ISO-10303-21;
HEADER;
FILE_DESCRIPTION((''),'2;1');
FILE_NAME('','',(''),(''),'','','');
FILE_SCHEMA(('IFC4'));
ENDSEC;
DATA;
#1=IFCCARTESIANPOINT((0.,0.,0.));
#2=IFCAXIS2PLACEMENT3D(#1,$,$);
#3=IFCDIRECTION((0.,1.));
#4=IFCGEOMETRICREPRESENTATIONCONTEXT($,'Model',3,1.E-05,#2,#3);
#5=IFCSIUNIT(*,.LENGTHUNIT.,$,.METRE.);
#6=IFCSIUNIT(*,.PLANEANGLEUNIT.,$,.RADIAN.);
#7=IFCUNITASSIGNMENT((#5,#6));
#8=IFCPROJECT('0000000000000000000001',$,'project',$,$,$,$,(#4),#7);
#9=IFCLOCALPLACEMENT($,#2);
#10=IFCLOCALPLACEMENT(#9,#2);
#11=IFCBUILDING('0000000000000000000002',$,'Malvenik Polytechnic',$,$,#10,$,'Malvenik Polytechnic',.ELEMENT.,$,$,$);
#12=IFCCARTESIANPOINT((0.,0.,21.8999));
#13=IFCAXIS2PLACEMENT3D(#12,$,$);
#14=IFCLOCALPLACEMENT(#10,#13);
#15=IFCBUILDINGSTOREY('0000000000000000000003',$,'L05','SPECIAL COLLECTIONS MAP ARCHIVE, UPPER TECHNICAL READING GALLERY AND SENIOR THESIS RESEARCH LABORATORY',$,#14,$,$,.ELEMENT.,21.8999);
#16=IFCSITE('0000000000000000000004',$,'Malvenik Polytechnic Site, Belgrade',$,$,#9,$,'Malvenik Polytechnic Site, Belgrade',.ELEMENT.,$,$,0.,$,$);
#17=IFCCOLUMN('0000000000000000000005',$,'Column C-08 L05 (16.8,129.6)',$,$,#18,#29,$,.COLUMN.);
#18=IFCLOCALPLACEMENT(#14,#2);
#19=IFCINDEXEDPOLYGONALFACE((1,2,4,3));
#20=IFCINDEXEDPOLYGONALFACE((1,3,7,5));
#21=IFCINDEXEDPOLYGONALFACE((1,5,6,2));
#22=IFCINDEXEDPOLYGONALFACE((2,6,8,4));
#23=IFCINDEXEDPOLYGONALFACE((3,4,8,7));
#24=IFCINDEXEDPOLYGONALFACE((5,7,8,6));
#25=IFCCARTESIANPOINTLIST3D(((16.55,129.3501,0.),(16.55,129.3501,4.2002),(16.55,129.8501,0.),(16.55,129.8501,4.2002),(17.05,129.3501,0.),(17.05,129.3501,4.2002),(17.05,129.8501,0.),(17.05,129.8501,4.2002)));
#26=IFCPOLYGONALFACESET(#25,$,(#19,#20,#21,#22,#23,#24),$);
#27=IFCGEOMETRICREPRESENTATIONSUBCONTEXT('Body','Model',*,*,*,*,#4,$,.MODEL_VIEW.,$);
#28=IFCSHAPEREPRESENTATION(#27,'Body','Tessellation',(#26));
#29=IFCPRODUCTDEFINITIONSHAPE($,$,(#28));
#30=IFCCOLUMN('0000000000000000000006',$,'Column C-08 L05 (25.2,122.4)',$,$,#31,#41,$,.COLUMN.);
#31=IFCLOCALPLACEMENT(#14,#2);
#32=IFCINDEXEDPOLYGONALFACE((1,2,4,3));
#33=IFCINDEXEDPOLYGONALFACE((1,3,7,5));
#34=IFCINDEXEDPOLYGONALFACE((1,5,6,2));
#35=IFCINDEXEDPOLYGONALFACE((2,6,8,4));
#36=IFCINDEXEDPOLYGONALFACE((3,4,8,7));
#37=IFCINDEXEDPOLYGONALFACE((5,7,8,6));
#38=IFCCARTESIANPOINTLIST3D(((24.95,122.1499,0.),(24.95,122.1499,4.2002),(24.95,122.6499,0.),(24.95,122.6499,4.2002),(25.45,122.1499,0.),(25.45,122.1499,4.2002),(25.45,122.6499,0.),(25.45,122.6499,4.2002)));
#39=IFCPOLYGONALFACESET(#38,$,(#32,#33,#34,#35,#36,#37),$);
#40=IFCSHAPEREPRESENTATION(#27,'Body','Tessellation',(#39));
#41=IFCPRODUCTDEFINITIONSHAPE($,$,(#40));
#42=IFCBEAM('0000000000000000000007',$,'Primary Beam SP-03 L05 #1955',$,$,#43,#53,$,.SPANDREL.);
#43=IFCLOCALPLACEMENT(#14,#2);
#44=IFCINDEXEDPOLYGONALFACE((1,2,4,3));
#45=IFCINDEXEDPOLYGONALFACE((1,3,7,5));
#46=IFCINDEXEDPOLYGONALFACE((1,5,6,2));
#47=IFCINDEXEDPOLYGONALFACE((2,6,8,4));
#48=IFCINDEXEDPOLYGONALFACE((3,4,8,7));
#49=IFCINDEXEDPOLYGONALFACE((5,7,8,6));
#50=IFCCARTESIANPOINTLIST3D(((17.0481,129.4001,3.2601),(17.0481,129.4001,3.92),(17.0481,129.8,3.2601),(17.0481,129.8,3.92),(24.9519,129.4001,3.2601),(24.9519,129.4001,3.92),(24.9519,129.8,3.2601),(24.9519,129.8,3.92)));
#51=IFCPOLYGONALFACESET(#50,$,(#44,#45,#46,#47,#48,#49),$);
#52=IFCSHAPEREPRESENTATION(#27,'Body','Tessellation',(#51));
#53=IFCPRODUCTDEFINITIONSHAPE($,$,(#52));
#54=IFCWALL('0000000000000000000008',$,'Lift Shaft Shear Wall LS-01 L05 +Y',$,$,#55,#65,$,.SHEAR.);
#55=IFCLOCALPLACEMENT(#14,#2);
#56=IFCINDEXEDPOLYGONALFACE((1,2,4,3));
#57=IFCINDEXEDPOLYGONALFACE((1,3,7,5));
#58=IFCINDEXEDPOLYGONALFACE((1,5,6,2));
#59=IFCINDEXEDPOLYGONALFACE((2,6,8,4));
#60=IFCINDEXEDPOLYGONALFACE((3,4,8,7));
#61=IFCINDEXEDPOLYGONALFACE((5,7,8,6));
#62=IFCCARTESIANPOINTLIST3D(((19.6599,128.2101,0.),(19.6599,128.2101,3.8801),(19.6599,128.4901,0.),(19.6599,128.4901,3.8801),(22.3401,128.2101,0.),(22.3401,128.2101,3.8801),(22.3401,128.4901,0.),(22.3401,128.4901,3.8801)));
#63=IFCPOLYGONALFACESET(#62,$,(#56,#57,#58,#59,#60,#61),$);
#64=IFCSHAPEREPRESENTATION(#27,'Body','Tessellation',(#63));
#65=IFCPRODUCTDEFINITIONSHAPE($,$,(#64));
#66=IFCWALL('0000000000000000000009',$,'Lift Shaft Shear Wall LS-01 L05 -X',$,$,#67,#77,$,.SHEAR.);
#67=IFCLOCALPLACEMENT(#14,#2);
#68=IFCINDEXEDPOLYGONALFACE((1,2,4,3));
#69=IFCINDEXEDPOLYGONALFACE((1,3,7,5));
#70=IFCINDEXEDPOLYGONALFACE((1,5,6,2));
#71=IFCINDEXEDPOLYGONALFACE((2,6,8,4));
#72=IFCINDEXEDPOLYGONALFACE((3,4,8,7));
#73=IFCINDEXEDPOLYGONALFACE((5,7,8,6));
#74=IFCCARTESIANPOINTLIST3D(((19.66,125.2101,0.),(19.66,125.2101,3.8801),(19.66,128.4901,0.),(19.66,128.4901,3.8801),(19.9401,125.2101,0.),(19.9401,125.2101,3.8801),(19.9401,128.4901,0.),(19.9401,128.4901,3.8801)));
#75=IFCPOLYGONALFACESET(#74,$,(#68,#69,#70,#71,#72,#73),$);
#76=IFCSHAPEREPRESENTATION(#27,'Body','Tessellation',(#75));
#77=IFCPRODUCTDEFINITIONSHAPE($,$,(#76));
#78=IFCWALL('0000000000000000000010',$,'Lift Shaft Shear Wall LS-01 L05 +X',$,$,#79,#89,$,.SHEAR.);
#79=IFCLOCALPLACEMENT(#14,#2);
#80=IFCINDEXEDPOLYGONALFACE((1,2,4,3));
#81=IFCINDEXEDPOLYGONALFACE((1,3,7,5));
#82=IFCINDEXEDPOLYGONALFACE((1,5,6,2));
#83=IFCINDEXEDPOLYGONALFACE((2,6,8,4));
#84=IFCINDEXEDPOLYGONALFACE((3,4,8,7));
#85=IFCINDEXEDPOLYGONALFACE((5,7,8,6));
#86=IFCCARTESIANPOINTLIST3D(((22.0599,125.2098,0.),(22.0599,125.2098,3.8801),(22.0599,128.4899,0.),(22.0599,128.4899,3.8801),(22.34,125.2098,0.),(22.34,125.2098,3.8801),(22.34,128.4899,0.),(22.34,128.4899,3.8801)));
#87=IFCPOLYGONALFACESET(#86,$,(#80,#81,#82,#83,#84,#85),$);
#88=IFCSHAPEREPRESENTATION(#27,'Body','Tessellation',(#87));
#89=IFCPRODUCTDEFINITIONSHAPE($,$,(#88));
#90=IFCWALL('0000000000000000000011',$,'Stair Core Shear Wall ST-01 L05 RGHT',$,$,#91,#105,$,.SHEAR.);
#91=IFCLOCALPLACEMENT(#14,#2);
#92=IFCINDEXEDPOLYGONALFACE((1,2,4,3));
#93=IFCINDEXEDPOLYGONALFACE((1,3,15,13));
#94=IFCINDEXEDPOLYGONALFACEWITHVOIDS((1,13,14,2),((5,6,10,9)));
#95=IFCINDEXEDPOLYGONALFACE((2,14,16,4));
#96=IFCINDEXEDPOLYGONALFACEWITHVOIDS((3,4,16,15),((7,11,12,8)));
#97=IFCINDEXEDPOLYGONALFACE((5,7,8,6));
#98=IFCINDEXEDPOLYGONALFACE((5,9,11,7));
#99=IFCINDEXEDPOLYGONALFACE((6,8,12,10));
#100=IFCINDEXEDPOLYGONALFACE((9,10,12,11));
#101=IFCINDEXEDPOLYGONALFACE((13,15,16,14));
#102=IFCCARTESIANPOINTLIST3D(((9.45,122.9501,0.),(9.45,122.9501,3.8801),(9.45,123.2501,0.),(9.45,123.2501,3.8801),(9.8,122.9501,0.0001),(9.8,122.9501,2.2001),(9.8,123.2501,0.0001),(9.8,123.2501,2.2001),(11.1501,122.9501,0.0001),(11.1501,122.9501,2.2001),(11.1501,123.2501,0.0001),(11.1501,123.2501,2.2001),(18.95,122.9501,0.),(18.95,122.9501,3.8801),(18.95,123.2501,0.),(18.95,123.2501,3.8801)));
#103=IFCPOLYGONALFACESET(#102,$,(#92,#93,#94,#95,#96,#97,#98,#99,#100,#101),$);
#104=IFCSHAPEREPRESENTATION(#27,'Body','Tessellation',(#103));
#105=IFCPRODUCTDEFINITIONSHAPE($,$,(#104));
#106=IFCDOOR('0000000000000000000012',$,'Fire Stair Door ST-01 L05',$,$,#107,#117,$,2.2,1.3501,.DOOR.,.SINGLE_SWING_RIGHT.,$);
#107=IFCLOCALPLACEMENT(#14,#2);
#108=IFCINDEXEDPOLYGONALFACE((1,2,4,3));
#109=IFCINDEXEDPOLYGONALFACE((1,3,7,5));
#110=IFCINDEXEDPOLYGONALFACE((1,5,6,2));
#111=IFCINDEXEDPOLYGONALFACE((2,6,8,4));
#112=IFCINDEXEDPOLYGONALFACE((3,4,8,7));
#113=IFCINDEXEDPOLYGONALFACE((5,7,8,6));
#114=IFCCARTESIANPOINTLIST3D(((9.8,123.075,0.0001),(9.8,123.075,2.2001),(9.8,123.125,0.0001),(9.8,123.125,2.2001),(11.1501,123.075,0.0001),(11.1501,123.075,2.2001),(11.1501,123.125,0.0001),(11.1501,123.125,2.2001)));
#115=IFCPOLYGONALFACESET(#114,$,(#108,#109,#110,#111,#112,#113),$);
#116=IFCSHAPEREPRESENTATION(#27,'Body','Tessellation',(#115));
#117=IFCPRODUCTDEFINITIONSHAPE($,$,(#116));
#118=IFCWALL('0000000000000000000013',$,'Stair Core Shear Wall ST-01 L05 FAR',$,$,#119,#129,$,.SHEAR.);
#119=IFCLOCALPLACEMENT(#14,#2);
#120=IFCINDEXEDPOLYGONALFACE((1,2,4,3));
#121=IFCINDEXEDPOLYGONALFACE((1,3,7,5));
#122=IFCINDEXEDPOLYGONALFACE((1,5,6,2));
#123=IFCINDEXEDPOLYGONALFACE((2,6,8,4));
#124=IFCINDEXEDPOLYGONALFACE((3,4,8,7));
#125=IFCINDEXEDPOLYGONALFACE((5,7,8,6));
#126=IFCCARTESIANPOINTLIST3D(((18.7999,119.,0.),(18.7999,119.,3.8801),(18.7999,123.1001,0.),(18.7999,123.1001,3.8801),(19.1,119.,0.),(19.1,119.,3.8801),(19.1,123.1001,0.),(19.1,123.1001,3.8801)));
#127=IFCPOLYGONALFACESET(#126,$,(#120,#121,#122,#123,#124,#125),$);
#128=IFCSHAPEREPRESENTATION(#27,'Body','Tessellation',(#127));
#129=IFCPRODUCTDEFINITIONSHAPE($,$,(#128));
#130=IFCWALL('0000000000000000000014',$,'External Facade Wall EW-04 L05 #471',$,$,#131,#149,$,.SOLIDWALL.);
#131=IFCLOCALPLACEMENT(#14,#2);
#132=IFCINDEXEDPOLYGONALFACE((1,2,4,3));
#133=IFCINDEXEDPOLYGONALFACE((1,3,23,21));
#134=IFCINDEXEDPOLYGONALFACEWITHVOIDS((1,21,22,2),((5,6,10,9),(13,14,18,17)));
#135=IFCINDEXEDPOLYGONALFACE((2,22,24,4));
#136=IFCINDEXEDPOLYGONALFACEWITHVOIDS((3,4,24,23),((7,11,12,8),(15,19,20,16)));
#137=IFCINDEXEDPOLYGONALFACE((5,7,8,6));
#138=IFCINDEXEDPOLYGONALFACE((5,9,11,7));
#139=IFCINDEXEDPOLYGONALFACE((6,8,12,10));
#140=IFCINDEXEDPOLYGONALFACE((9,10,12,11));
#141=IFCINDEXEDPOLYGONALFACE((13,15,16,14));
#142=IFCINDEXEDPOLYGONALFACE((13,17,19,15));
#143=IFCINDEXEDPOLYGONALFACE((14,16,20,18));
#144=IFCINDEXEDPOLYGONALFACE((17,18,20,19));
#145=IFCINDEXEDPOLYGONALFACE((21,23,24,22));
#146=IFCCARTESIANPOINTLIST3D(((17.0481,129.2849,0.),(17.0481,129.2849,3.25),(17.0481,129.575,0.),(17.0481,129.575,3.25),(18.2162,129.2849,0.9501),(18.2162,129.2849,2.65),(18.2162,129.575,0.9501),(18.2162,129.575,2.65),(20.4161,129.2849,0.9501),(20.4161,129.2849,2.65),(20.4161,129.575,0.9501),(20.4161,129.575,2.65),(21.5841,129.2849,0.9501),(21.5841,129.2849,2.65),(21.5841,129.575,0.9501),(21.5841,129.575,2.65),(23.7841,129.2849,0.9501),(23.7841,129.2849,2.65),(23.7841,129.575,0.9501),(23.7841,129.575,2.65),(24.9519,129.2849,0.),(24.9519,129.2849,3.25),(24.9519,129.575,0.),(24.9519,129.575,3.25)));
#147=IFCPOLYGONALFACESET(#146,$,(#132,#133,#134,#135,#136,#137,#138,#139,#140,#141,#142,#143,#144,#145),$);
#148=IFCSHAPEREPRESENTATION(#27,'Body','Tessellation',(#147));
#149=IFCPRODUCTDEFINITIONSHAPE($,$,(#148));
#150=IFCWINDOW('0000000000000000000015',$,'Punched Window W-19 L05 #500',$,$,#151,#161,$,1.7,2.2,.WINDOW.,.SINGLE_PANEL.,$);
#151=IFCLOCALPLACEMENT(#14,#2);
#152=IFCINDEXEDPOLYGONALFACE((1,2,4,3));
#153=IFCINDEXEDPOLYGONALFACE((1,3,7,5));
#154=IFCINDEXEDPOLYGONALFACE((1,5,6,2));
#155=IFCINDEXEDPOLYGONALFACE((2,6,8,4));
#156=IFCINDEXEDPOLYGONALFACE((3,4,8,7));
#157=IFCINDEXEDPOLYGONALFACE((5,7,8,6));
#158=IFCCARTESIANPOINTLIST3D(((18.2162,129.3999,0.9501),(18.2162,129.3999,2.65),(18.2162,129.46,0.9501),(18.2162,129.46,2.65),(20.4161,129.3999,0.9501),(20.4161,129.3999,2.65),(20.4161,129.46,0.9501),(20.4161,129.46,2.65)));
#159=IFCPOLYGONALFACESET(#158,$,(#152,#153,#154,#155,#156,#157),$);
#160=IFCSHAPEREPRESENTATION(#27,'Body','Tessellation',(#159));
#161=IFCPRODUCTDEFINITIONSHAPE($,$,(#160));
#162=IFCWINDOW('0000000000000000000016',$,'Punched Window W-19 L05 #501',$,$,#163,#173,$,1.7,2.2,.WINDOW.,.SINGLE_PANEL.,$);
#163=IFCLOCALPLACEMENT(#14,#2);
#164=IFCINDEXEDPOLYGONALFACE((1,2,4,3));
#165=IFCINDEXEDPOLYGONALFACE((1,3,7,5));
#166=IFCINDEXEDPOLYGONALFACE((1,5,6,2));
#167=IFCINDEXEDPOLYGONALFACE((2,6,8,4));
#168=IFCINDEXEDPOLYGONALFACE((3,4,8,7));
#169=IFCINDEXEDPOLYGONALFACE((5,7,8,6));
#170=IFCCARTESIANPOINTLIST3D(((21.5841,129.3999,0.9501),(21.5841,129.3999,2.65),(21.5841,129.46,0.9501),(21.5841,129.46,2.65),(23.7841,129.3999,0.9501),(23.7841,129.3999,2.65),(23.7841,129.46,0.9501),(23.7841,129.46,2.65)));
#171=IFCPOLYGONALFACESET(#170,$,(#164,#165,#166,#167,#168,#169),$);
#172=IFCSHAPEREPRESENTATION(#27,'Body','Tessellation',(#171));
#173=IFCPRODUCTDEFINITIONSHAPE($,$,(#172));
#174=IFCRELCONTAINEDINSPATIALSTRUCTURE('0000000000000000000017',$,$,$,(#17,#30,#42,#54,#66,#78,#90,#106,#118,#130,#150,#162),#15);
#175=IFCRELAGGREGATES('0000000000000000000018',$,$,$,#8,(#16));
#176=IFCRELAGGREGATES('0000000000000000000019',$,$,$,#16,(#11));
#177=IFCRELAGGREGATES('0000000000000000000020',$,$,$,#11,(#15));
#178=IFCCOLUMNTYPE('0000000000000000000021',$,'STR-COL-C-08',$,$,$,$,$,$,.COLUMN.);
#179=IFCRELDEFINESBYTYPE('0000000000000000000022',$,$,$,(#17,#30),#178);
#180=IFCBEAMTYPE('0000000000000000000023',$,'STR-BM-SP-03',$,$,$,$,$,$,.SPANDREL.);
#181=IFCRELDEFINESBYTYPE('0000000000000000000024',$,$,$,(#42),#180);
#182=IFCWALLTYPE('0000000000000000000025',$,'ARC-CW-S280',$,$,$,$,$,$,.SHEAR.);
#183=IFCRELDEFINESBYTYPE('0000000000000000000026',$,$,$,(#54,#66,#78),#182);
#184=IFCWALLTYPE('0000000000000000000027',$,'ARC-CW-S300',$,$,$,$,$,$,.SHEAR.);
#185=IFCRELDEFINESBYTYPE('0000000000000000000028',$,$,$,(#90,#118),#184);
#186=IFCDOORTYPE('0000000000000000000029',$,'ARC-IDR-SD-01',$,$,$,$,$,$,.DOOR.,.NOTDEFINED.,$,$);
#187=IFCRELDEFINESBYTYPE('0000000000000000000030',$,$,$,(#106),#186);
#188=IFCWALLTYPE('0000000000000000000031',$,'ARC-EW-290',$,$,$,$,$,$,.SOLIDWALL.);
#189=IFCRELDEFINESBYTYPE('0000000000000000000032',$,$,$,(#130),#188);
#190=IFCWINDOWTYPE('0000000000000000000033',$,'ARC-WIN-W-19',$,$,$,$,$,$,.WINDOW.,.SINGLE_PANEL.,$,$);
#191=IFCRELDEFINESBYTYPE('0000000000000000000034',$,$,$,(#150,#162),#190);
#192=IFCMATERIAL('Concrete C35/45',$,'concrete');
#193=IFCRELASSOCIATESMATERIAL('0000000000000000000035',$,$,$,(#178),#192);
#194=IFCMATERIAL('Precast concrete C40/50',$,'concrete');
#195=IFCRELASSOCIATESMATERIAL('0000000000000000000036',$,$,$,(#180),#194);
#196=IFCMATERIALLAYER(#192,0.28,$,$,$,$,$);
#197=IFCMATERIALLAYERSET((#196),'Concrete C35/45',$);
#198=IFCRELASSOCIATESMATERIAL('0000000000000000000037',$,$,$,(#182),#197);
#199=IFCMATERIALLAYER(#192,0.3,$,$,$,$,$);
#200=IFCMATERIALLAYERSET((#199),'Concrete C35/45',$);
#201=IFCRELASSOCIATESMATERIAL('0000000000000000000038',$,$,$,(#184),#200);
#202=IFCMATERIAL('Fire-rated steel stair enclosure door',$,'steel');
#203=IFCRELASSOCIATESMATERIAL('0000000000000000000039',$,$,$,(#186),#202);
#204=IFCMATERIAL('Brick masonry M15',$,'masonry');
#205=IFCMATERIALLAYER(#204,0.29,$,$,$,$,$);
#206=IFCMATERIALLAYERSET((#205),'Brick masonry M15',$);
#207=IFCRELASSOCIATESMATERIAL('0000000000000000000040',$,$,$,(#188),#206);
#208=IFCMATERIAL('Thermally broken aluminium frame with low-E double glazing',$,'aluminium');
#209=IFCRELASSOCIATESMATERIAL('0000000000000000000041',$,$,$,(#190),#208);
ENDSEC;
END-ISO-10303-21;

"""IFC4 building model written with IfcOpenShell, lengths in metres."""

from ifc_helpers import new_model, si_unit, direction, frame, frame_2d, origin, origin_2d, place, context, subcontext, project, spatial, rectangle, extrude, material, layer, layer_set, material_profile, profile_set, type_object, element, fill, save


model = new_model("IFC4")

# Units and contexts
model_context = context("Model", 3, precision=1e-05, world=origin(), true_north=direction((0.0, 1.0)))
body_context = subcontext(model_context, "Body", "Model", "MODEL_VIEW")
ifc_project = project(units=[si_unit("LENGTHUNIT", "METRE"), si_unit("PLANEANGLEUNIT", "RADIAN")], contexts=[model_context])

# Site, building, storey
site_placement = place(None, origin())
site = spatial("IfcSite", under=ifc_project, at=site_placement, Name="Malvenik Polytechnic Site, Belgrade", LongName="Malvenik Polytechnic Site, Belgrade", CompositionType="ELEMENT", RefElevation=0.0)
building_placement = place(site_placement, origin())
building = spatial("IfcBuilding", under=site, at=building_placement, Name="Malvenik Polytechnic", LongName="Malvenik Polytechnic", CompositionType="ELEMENT")
storey_placement = place(building_placement, frame((0.0, 0.0, 21.8999)))
storey = spatial("IfcBuildingStorey", under=building, at=storey_placement, Name="L05", Description="SPECIAL COLLECTIONS MAP ARCHIVE, UPPER TECHNICAL READING GALLERY AND SENIOR THESIS RESEARCH LABORATORY", CompositionType="ELEMENT", Elevation=21.8999)

# Columns
ifc_material_1 = material(Name="Concrete C35/45", Category="concrete")
ifc_material_profile_1 = material_profile(ifc_material_1, rectangle(XDim=0.5, YDim=0.5, at=origin_2d()), Name="RC COL 500x500")
ifc_profile_set_1 = profile_set([ifc_material_profile_1], Name="Concrete C35/45")
column_type = type_object("IfcColumnType", Name="STR-COL-C-08", PredefinedType="COLUMN", material=ifc_profile_set_1)
for number, where, z_axis, x_axis, name in (
    (1, (16.8, 129.6001, 0.0), (0.0, 0.0, 1.0), (1.0, 0.0, 0.0), "Column C-08 L05 (16.8,129.6)"),
    (2, (25.2, 122.3999, 0.0), (0.0, 0.0, 1.0), (1.0, 0.0, 0.0), "Column C-08 L05 (25.2,122.4)"),
):
    element("IfcColumn", number, at=place(storey_placement, frame(where, z_axis=z_axis, x_axis=x_axis)), inside=storey, type_object=column_type, Name=name, PredefinedType="COLUMN", context=body_context, shape_type="SweptSolid", body=[
        extrude(rectangle(XDim=0.5, YDim=0.5, at=origin_2d()), origin(), (0.0, 0.0, 1.0), 4.2002),
    ])

# Beam
ifc_material_2 = material(Name="Precast concrete C40/50", Category="concrete")
ifc_material_profile_2 = material_profile(ifc_material_2, rectangle(XDim=0.3999, YDim=0.6599, at=origin_2d()), Name="PC SPN 400x660")
ifc_profile_set_2 = profile_set([ifc_material_profile_2], Name="Precast concrete C40/50")
beam_type = type_object("IfcBeamType", Name="STR-BM-SP-03", PredefinedType="SPANDREL", material=ifc_profile_set_2)
beam_placement = place(storey_placement, frame((17.0481, 129.6001, 3.5901), z_axis=(1.0, 0.0, 0.0), x_axis=(0.0, 1.0, 0.0)))
element("IfcBeam", 3, at=beam_placement, inside=storey, type_object=beam_type, Name="Primary Beam SP-03 L05 #1955", PredefinedType="SPANDREL", context=body_context, shape_type="SweptSolid", body=[
    extrude(rectangle(XDim=0.3999, YDim=0.6599, at=origin_2d()), origin(), (0.0, 0.0, 1.0), 7.9038),
])

# Shared definitions
ifc_layer_1 = layer(ifc_material_1, 0.28)
ifc_layer_set_1 = layer_set([ifc_layer_1], Name="Concrete C35/45")
wall_type_1 = type_object("IfcWallType", Name="ARC-CW-S280", PredefinedType="SHEAR", material=ifc_layer_set_1)

# Walls
wall_1_placement = place(storey_placement, frame((19.6599, 128.3501, 0.0), z_axis=(0.0, 0.0, 1.0), x_axis=(1.0, 0.0, 0.0)))
element("IfcWall", 4, at=wall_1_placement, inside=storey, type_object=wall_type_1, Name="Lift Shaft Shear Wall LS-01 L05 +Y", PredefinedType="SHEAR", context=body_context, shape_type="SweptSolid", body=[
    extrude(rectangle(XDim=2.6802, YDim=0.28, at=frame_2d((1.3401, 0.0))), origin(), (0.0, 0.0, 1.0), 3.8801),
])
for number, where, z_axis, x_axis, name in (
    (5, (19.8, 125.21, 0.0), (0.0, 0.0, 1.0), (0.0, 1.0, 0.0), "Lift Shaft Shear Wall LS-01 L05 -X"),
    (6, (22.2, 128.49, 0.0), (0.0, 0.0, 1.0), (0.0, -1.0, 0.0), "Lift Shaft Shear Wall LS-01 L05 +X"),
):
    element("IfcWall", number, at=place(storey_placement, frame(where, z_axis=z_axis, x_axis=x_axis)), inside=storey, type_object=wall_type_1, Name=name, PredefinedType="SHEAR", context=body_context, shape_type="SweptSolid", body=[
        extrude(rectangle(XDim=3.28, YDim=0.28, at=frame_2d((1.6401, 0.0))), origin(), (0.0, 0.0, 1.0), 3.8801),
    ])

# Wall, opening, door
ifc_layer_2 = layer(ifc_material_1, 0.3)
ifc_layer_set_2 = layer_set([ifc_layer_2], Name="Concrete C35/45")
wall_type_2 = type_object("IfcWallType", Name="ARC-CW-S300", PredefinedType="SHEAR", material=ifc_layer_set_2)
wall_2_placement = place(storey_placement, frame((9.45, 123.1001, 0.0), z_axis=(0.0, 0.0, 1.0), x_axis=(1.0, 0.0, 0.0)))
wall_2 = element("IfcWall", 7, at=wall_2_placement, inside=storey, type_object=wall_type_2, Name="Stair Core Shear Wall ST-01 L05 RGHT", PredefinedType="SHEAR", context=body_context, shape_type="SweptSolid", body=[
    extrude(rectangle(XDim=9.5, YDim=0.3, at=frame_2d((4.75, 0.0))), origin(), (0.0, 0.0, 1.0), 3.8801),
])
opening_1_placement = place(wall_2_placement, frame((0.3501, 0.0, 0.0)))
opening_1 = element("IfcOpeningElement", 8, at=opening_1_placement, cuts=wall_2, PredefinedType="OPENING", context=body_context, shape_type="SweptSolid", body=[
    extrude(rectangle(XDim=1.3501, YDim=2.2, at=frame_2d((0.675, 1.1001))), frame((0.0, 0.1602, 0.0), z_axis=(0.0, -1.0, 0.0), x_axis=(1.0, 0.0, 0.0)), (0.0, 0.0, 1.0), 0.3201),
])
ifc_material_3 = material(Name="Fire-rated steel stair enclosure door", Category="steel")
door_type_1 = type_object("IfcDoorType", Name="ARC-IDR-SD-01", OperationType="NOTDEFINED", PredefinedType="DOOR", material=ifc_material_3)
door_1_placement = place(opening_1_placement, origin())
door_1 = element("IfcDoor", 9, at=door_1_placement, inside=storey, type_object=door_type_1, Name="Fire Stair Door ST-01 L05", OperationType="SINGLE_SWING_RIGHT", OverallHeight=2.2, OverallWidth=1.3501, PredefinedType="DOOR", context=body_context, shape_type="SweptSolid", body=[
    extrude(rectangle(XDim=1.3501, YDim=2.2, at=frame_2d((0.675, 1.1001))), frame((0.0, 0.0249, 0.0), z_axis=(0.0, -1.0, 0.0), x_axis=(1.0, 0.0, 0.0)), (0.0, 0.0, 1.0), 0.05),
])
fill(opening_1, door_1)

# Wall
wall_3_placement = place(storey_placement, frame((18.95, 123.1001, 0.0), z_axis=(0.0, 0.0, 1.0), x_axis=(0.0, -1.0, 0.0)))
element("IfcWall", 10, at=wall_3_placement, inside=storey, type_object=wall_type_2, Name="Stair Core Shear Wall ST-01 L05 FAR", PredefinedType="SHEAR", context=body_context, shape_type="SweptSolid", body=[
    extrude(rectangle(XDim=4.1001, YDim=0.3, at=frame_2d((2.05, 0.0))), origin(), (0.0, 0.0, 1.0), 3.8801),
])

# Wall, openings, windows
ifc_material_4 = material(Name="Brick masonry M15", Category="masonry")
ifc_layer_3 = layer(ifc_material_4, 0.29)
ifc_layer_set_3 = layer_set([ifc_layer_3], Name="Brick masonry M15")
wall_type_3 = type_object("IfcWallType", Name="ARC-EW-290", PredefinedType="SOLIDWALL", material=ifc_layer_set_3)
wall_4_placement = place(storey_placement, frame((17.0481, 129.4299, 0.0), z_axis=(0.0, 0.0, 1.0), x_axis=(1.0, 0.0, 0.0)))
wall_4 = element("IfcWall", 11, at=wall_4_placement, inside=storey, type_object=wall_type_3, Name="External Facade Wall EW-04 L05 #471", PredefinedType="SOLIDWALL", context=body_context, shape_type="SweptSolid", body=[
    extrude(rectangle(XDim=7.9038, YDim=0.29, at=frame_2d((3.9519, 0.0))), origin(), (0.0, 0.0, 1.0), 3.25),
])
opening_2_placement = place(wall_4_placement, frame((1.168, 0.0, 0.95)))
opening_2 = element("IfcOpeningElement", 12, at=opening_2_placement, cuts=wall_4, PredefinedType="OPENING", context=body_context, shape_type="SweptSolid", body=[
    extrude(rectangle(XDim=2.2, YDim=1.7, at=frame_2d((1.1001, 0.8501))), frame((0.0, 0.155, 0.0), z_axis=(0.0, -1.0, 0.0), x_axis=(1.0, 0.0, 0.0)), (0.0, 0.0, 1.0), 0.3101),
])
opening_3_placement = place(wall_4_placement, frame((4.5359, 0.0, 0.95)))
opening_3 = element("IfcOpeningElement", 13, at=opening_3_placement, cuts=wall_4, PredefinedType="OPENING", context=body_context, shape_type="SweptSolid", body=[
    extrude(rectangle(XDim=2.2, YDim=1.7, at=frame_2d((1.1001, 0.8501))), frame((0.0, 0.155, 0.0), z_axis=(0.0, -1.0, 0.0), x_axis=(1.0, 0.0, 0.0)), (0.0, 0.0, 1.0), 0.3101),
])
ifc_material_5 = material(Name="Thermally broken aluminium frame with low-E double glazing", Category="aluminium")
window_type = type_object("IfcWindowType", Name="ARC-WIN-W-19", PartitioningType="SINGLE_PANEL", PredefinedType="WINDOW", material=ifc_material_5)
window_1_placement = place(opening_2_placement, origin())
window_1 = element("IfcWindow", 14, at=window_1_placement, inside=storey, type_object=window_type, Name="Punched Window W-19 L05 #500", OverallHeight=1.7, OverallWidth=2.2, PartitioningType="SINGLE_PANEL", PredefinedType="WINDOW", context=body_context, shape_type="SweptSolid", body=[
    extrude(rectangle(XDim=2.2, YDim=1.7, at=frame_2d((1.1001, 0.8501))), frame((0.0, 0.03, 0.0), z_axis=(0.0, -1.0, 0.0), x_axis=(1.0, 0.0, 0.0)), (0.0, 0.0, 1.0), 0.0601),
])
fill(opening_2, window_1)
window_2_placement = place(opening_3_placement, origin())
window_2 = element("IfcWindow", 15, at=window_2_placement, inside=storey, type_object=window_type, Name="Punched Window W-19 L05 #501", OverallHeight=1.7, OverallWidth=2.2, PartitioningType="SINGLE_PANEL", PredefinedType="WINDOW", context=body_context, shape_type="SweptSolid", body=[
    extrude(rectangle(XDim=2.2, YDim=1.7, at=frame_2d((1.1001, 0.8501))), frame((0.0, 0.03, 0.0), z_axis=(0.0, -1.0, 0.0), x_axis=(1.0, 0.0, 0.0)), (0.0, 0.0, 1.0), 0.0601),
])
fill(opening_3, window_2)

save(model, "model.ifc")
